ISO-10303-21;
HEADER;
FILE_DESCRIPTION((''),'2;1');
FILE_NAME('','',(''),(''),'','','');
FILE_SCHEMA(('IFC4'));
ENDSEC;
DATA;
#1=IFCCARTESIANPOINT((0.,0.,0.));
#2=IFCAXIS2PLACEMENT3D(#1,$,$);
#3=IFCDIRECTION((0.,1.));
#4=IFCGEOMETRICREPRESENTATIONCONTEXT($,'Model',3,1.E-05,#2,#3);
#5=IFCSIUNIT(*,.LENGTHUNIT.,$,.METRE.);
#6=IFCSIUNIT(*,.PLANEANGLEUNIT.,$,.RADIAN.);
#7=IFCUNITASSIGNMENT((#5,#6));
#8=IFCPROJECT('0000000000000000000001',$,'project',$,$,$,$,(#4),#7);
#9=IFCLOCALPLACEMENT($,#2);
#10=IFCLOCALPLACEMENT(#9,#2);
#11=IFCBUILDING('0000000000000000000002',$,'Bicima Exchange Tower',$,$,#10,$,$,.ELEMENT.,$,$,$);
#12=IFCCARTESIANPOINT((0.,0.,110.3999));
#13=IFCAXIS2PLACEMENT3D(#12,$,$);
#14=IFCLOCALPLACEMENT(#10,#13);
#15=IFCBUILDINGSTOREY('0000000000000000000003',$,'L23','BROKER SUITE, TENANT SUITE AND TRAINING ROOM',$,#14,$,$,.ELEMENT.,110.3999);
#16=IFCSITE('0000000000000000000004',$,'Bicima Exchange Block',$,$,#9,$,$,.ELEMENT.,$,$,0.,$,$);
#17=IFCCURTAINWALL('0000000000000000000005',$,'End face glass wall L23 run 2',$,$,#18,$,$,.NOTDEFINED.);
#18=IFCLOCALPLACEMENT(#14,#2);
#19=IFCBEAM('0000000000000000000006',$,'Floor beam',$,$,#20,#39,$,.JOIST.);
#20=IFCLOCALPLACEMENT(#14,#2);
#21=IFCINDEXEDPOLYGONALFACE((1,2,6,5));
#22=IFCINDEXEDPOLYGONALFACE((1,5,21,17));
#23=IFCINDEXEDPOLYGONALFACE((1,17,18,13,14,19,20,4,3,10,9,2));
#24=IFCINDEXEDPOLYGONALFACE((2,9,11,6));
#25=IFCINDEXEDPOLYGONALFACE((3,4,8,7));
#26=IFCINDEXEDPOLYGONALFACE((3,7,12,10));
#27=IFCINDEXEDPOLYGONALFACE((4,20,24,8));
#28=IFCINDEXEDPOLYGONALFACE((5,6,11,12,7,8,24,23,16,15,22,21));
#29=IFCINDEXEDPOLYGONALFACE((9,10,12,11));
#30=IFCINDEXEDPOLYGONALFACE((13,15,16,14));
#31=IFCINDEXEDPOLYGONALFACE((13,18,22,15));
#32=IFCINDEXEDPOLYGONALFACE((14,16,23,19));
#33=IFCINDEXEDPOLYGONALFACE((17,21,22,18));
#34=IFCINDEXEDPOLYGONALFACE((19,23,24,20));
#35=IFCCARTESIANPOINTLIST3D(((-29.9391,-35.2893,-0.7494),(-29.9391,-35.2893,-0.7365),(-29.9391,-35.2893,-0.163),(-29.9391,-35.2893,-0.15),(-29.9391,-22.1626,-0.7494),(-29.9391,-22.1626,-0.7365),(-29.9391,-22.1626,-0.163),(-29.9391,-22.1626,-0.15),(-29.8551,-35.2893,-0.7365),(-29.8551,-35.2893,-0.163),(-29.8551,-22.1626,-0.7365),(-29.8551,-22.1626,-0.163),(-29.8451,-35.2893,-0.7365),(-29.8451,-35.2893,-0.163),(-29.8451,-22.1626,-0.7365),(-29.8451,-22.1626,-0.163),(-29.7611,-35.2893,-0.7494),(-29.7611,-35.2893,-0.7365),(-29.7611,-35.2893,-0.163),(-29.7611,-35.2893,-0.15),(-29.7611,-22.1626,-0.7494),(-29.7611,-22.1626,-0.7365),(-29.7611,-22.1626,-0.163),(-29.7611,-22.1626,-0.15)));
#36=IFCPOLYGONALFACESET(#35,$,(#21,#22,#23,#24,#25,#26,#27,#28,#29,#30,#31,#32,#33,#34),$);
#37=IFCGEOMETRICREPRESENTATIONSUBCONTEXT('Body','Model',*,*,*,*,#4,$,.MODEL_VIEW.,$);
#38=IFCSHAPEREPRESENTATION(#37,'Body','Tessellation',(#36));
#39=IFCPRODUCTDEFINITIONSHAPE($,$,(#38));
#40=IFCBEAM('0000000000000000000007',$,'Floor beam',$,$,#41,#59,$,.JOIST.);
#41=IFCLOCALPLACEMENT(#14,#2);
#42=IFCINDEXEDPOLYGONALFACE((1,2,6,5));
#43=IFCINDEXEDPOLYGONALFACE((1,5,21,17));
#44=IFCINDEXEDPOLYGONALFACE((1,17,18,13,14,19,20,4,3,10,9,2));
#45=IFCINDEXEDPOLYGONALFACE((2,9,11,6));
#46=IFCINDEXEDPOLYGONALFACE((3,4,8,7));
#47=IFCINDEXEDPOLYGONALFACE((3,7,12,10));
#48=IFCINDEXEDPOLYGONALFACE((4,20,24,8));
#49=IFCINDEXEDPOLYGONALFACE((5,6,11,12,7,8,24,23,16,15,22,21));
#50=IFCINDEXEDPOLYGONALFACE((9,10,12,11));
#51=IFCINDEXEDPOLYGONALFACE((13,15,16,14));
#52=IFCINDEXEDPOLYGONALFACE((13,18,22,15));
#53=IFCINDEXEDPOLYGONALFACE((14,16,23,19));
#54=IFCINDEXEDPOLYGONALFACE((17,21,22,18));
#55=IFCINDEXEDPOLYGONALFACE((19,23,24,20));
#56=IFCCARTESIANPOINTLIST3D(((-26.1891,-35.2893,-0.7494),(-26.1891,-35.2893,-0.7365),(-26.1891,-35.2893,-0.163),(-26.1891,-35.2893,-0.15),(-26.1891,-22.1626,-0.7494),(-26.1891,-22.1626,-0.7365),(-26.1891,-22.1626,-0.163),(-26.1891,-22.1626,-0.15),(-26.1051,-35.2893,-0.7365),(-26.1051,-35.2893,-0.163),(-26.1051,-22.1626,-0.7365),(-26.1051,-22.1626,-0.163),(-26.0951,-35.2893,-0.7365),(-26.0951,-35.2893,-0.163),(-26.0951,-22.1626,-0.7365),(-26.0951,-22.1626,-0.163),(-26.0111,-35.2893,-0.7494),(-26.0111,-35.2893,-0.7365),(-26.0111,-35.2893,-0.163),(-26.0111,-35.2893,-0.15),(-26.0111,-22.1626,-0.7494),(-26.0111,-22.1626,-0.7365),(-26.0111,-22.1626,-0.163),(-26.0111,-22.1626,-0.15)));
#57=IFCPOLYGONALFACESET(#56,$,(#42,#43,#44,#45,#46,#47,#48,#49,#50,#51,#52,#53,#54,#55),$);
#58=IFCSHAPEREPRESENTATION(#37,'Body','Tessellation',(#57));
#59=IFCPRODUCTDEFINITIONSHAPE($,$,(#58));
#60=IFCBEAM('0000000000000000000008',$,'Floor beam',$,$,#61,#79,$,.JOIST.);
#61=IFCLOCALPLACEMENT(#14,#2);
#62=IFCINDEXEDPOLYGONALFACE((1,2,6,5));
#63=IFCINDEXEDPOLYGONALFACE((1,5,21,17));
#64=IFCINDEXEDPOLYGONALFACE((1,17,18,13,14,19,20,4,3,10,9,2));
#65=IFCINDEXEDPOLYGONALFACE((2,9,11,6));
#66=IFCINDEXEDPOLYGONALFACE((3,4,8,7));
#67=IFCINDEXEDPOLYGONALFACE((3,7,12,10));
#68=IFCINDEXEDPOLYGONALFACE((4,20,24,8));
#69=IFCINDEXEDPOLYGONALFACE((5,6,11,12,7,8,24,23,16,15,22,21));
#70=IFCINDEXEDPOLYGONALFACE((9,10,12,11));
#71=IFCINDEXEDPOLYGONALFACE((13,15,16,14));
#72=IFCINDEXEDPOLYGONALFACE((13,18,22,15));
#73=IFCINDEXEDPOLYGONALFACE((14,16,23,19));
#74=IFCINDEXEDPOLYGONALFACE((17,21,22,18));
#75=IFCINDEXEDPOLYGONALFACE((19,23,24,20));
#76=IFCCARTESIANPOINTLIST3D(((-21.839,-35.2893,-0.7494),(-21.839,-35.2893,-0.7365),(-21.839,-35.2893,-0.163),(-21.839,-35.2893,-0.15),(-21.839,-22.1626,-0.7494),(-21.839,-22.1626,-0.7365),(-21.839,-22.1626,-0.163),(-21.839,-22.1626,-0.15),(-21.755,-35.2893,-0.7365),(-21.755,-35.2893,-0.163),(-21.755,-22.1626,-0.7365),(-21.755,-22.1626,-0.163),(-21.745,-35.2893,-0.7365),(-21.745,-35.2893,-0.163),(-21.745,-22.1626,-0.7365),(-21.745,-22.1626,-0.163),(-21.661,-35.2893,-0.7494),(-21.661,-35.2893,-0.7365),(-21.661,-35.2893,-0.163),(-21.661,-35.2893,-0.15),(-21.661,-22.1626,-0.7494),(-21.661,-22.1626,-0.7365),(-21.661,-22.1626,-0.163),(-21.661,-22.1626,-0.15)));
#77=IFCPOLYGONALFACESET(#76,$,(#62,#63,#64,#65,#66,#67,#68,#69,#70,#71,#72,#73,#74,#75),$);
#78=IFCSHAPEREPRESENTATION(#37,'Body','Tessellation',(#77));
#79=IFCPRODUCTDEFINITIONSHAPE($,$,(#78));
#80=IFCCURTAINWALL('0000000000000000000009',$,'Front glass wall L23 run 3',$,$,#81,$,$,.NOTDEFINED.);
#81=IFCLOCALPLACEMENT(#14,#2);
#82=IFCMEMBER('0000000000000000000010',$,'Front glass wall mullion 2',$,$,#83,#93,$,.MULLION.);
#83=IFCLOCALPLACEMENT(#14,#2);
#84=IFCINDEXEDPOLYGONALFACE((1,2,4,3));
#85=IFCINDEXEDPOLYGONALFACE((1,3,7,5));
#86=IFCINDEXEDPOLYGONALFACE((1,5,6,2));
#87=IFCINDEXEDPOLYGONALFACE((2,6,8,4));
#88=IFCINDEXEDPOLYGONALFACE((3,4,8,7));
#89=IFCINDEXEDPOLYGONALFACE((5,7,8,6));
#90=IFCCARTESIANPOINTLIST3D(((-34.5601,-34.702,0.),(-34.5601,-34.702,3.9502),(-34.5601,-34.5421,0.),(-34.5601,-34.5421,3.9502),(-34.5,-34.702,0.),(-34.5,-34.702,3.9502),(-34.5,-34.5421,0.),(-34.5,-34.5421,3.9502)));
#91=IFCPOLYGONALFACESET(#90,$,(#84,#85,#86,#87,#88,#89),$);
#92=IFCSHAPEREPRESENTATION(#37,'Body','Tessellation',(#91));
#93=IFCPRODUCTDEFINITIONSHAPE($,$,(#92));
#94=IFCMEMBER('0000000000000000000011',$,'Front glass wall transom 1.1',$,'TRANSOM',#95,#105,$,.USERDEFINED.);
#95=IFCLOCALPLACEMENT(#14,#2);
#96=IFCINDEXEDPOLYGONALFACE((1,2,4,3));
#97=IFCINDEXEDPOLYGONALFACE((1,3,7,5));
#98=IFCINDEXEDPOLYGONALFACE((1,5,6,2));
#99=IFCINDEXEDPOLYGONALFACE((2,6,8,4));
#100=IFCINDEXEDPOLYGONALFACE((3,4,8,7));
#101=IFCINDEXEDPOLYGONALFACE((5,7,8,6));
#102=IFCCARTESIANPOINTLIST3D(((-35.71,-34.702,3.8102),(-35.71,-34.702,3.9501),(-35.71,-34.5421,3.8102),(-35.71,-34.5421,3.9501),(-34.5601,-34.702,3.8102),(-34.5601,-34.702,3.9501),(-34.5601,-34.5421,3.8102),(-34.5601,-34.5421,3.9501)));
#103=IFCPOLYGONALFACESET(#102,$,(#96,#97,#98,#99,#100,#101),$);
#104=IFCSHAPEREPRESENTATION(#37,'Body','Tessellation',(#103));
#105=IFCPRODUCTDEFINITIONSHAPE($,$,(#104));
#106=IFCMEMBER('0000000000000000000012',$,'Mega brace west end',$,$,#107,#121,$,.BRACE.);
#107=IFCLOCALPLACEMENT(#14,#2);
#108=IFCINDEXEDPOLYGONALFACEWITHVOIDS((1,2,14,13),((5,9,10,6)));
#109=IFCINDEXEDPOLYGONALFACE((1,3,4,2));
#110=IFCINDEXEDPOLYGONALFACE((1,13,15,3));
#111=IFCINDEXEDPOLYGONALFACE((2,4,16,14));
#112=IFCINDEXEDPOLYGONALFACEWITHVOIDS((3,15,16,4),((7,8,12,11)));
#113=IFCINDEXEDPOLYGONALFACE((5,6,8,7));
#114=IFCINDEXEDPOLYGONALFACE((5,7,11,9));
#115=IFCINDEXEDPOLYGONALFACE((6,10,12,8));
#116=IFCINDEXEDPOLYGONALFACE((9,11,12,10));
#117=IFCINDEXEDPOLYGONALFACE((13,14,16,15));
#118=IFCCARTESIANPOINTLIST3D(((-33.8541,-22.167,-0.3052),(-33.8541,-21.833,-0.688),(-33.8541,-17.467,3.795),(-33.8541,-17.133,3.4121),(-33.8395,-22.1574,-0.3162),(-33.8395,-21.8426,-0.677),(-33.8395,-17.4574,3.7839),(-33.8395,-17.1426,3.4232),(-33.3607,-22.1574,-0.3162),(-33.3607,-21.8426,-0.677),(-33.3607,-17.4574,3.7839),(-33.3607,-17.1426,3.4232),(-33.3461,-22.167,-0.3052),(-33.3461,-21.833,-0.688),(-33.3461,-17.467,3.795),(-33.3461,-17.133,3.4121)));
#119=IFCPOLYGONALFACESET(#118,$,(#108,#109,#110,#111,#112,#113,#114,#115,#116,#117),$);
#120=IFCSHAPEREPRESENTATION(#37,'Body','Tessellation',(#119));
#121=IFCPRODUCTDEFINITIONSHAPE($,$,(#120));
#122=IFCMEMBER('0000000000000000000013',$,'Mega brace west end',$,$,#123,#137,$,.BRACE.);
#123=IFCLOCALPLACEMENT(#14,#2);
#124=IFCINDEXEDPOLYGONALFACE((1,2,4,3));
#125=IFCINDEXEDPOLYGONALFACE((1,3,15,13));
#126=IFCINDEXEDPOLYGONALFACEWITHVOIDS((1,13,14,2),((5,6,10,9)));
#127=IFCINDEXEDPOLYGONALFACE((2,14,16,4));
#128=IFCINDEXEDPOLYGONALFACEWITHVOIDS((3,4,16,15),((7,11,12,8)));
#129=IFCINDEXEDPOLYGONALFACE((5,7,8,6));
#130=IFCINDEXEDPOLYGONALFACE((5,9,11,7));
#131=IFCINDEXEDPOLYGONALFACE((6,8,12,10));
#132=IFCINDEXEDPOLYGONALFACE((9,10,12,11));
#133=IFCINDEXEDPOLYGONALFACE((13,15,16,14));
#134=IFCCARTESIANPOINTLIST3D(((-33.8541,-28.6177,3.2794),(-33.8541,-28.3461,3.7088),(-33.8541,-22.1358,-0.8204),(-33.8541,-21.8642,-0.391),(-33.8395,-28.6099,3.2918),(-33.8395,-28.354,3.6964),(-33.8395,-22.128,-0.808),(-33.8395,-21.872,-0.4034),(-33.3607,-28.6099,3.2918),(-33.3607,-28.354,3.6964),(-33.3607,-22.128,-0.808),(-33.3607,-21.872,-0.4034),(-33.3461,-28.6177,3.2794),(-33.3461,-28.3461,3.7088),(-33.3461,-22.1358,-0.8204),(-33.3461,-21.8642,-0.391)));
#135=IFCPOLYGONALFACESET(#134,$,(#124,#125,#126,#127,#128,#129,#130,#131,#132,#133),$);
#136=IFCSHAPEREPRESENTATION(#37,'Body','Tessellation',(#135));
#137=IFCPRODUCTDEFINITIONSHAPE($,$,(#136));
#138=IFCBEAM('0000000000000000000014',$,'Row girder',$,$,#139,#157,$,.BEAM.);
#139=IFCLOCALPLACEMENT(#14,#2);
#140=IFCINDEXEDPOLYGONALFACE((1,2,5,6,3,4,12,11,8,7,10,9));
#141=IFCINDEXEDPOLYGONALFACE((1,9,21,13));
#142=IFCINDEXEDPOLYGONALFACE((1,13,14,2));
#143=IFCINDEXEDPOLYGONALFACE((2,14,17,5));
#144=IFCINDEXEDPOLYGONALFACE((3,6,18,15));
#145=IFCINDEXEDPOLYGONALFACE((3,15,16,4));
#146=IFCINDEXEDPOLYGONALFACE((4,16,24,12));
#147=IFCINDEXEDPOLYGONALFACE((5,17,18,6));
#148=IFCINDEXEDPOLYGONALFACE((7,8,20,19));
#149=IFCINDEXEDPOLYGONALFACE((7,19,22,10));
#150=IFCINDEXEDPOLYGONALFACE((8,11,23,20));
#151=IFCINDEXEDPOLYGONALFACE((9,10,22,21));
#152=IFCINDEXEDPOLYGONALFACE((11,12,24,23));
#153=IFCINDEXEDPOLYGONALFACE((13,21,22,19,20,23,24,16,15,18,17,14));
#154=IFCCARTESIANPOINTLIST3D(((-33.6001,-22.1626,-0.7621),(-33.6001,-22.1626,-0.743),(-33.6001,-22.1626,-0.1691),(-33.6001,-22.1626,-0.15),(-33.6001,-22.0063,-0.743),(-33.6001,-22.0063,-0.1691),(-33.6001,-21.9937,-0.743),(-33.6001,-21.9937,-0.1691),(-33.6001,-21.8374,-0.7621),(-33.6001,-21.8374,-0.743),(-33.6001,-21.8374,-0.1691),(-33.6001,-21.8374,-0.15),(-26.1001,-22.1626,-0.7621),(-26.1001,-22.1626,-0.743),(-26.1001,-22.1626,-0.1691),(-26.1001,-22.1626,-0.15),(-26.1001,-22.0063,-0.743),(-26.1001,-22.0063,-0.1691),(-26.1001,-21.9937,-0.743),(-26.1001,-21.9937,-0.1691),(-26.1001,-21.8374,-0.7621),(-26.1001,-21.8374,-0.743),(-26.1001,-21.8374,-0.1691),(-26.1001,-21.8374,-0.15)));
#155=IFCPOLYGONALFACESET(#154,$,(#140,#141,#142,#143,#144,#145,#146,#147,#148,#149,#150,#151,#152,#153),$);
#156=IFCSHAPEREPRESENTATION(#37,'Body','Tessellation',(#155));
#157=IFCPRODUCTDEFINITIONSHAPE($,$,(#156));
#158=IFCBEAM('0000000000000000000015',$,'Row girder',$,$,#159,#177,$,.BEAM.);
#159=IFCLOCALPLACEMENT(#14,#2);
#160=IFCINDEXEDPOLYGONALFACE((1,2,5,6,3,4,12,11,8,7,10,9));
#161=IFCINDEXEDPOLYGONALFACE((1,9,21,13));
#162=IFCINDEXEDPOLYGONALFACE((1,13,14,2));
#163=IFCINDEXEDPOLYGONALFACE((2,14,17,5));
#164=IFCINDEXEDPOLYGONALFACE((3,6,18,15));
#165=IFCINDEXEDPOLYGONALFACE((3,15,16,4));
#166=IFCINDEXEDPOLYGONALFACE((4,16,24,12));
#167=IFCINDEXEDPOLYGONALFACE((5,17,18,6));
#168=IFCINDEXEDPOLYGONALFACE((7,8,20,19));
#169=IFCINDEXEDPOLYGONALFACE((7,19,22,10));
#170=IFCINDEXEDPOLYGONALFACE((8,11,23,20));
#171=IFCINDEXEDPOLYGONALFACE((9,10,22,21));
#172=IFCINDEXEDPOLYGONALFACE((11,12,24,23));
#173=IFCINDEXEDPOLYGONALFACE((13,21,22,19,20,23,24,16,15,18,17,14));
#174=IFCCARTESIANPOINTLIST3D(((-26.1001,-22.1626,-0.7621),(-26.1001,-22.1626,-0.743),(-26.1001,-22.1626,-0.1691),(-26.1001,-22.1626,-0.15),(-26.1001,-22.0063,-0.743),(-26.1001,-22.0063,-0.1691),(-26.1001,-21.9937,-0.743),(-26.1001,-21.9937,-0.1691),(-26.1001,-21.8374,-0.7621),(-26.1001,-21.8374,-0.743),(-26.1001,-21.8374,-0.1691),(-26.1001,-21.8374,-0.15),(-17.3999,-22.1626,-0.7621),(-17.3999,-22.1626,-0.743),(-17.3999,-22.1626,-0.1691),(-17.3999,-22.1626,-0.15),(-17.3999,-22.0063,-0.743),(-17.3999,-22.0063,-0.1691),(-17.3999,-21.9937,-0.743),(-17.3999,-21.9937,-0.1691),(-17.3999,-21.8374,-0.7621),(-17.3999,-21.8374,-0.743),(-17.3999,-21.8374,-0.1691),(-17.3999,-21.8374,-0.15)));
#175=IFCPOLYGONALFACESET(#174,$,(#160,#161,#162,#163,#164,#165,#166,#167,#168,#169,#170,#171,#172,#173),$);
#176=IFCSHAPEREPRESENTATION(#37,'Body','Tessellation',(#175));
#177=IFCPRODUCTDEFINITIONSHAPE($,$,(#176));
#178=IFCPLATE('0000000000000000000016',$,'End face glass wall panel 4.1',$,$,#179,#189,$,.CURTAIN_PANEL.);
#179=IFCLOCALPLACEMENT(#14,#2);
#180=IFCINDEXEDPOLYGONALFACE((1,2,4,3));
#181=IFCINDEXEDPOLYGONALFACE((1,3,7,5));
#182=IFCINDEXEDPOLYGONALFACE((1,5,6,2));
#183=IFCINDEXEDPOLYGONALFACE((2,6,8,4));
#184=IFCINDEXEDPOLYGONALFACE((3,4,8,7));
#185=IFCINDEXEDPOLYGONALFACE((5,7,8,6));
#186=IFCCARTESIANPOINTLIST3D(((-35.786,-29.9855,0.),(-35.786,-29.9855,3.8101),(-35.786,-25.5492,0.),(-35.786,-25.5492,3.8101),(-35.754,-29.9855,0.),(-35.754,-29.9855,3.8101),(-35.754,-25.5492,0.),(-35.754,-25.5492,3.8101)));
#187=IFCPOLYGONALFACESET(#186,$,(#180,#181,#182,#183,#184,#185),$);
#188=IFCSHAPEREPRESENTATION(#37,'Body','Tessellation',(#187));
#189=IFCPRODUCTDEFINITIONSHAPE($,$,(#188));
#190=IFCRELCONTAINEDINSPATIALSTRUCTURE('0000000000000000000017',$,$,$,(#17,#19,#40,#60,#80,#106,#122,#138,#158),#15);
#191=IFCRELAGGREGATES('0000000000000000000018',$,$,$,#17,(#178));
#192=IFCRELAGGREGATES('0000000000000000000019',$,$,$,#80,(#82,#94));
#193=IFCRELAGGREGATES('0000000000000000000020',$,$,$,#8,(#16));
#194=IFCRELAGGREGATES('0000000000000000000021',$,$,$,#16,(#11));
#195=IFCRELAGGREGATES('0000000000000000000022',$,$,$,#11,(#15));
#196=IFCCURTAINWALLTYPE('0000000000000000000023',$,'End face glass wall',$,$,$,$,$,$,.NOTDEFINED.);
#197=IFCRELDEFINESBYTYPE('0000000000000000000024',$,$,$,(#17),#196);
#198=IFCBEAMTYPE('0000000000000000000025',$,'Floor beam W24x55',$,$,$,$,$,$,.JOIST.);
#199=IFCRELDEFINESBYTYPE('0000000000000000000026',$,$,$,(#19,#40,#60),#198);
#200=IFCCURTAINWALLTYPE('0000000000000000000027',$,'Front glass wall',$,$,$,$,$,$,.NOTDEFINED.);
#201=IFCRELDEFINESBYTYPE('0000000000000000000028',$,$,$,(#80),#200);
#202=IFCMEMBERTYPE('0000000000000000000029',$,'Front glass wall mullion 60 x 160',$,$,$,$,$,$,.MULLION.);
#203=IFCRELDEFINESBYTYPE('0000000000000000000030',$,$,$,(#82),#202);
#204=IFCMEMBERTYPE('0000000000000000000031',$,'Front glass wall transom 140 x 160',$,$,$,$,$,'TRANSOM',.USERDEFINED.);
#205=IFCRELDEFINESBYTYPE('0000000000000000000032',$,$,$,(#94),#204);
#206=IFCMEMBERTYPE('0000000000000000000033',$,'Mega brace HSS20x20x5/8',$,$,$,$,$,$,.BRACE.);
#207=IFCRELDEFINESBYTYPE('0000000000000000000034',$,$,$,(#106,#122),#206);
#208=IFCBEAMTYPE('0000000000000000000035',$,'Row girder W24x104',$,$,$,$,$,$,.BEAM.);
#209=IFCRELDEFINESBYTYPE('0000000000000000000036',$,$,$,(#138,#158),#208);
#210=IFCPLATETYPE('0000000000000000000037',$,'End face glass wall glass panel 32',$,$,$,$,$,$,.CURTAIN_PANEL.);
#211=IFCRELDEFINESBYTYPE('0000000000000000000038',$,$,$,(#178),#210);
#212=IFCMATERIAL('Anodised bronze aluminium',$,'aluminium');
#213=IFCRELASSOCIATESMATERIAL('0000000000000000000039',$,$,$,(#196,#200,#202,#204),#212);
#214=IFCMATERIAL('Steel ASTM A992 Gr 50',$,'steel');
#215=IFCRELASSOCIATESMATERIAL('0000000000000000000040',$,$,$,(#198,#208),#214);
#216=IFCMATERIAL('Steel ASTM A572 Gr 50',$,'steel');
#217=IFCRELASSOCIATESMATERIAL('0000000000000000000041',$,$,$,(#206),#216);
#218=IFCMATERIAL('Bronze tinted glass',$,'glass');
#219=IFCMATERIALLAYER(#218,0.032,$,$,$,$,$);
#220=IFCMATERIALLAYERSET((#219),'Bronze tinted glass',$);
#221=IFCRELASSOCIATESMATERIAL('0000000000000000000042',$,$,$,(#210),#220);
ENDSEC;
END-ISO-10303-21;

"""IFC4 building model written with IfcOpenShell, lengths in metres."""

from ifc_helpers import new_model, si_unit, direction, frame, origin, origin_2d, place, context, subcontext, project, spatial, rectangle, hollow_rectangle, i_section, extrude, material, layer, layer_set, material_profile, profile_set, type_object, element, aggregate, save


model = new_model("IFC4")

# Units and contexts
model_context = context("Model", 3, precision=1e-05, world=origin(), true_north=direction((0.0, 1.0)))
body_context = subcontext(model_context, "Body", "Model", "MODEL_VIEW")
ifc_project = project(units=[si_unit("LENGTHUNIT", "METRE"), si_unit("PLANEANGLEUNIT", "RADIAN")], contexts=[model_context])

# Site, building, storey
site_placement = place(None, origin())
site = spatial("IfcSite", under=ifc_project, at=site_placement, Name="Bicima Exchange Block", CompositionType="ELEMENT", RefElevation=0.0)
building_placement = place(site_placement, origin())
building = spatial("IfcBuilding", under=site, at=building_placement, Name="Bicima Exchange Tower", CompositionType="ELEMENT")
storey_placement = place(building_placement, frame((0.0, 0.0, 110.3999)))
storey = spatial("IfcBuildingStorey", under=building, at=storey_placement, Name="L23", Description="BROKER SUITE, TENANT SUITE AND TRAINING ROOM", CompositionType="ELEMENT", Elevation=110.3999)

# Shared definitions
ifc_material_1 = material(Name="Steel ASTM A992 Gr 50", Category="steel")

# Curtain wall
ifc_material_2 = material(Name="Anodised bronze aluminium", Category="aluminium")
curtain_wall_type_1 = type_object("IfcCurtainWallType", Name="End face glass wall", PredefinedType="NOTDEFINED", material=ifc_material_2)
curtain_wall_1_placement = place(storey_placement, origin())
curtain_wall_1 = element("IfcCurtainWall", 1, at=curtain_wall_1_placement, inside=storey, type_object=curtain_wall_type_1, Name="End face glass wall L23 run 2", PredefinedType="NOTDEFINED")
ifc_material_profile_1 = material_profile(ifc_material_2, rectangle(XDim=0.1599, YDim=0.0601, at=origin_2d()))
ifc_profile_set_1 = profile_set([ifc_material_profile_1], Name="Anodised bronze aluminium")
ifc_material_profile_2 = material_profile(ifc_material_2, rectangle(XDim=0.1599, YDim=0.1399, at=origin_2d()))
ifc_profile_set_2 = profile_set([ifc_material_profile_2], Name="Anodised bronze aluminium")

# Shared definitions
ifc_material_3 = material(Name="Steel ASTM A572 Gr 50", Category="steel")

# Beams
ifc_material_profile_3 = material_profile(ifc_material_1, i_section(OverallWidth=0.178, OverallDepth=0.5994, WebThickness=0.01, FlangeThickness=0.0129, at=origin_2d()))
ifc_profile_set_3 = profile_set([ifc_material_profile_3], Name="Steel ASTM A992 Gr 50")
beam_type_1 = type_object("IfcBeamType", Name="Floor beam W24x55", PredefinedType="JOIST", material=ifc_profile_set_3)
for number, where, z_axis, x_axis, name in (
    (2, (-29.8501, -22.1626, -0.4497), (0.0, -1.0, 0.0), (1.0, 0.0, 0.0), "Floor beam"),
    (3, (-26.1001, -22.1626, -0.4497), (0.0, -1.0, 0.0), (1.0, 0.0, 0.0), "Floor beam"),
    (4, (-21.75, -22.1626, -0.4497), (0.0, -1.0, 0.0), (1.0, 0.0, 0.0), "Floor beam"),
):
    element("IfcBeam", number, at=place(storey_placement, frame(where, z_axis=z_axis, x_axis=x_axis)), inside=storey, type_object=beam_type_1, Name=name, PredefinedType="JOIST", context=body_context, shape_type="SweptSolid", body=[
        extrude(i_section(OverallWidth=0.178, OverallDepth=0.5994, WebThickness=0.01, FlangeThickness=0.0129, at=origin_2d()), origin(), (0.0, 0.0, 1.0), 13.1267),
    ])

# Curtain wall, members
curtain_wall_type_2 = type_object("IfcCurtainWallType", Name="Front glass wall", PredefinedType="NOTDEFINED", material=ifc_material_2)
curtain_wall_2_placement = place(storey_placement, origin())
curtain_wall_2 = element("IfcCurtainWall", 5, at=curtain_wall_2_placement, inside=storey, type_object=curtain_wall_type_2, Name="Front glass wall L23 run 3", PredefinedType="NOTDEFINED")
member_type_1 = type_object("IfcMemberType", Name="Front glass wall mullion 60 x 160", PredefinedType="MULLION", material=ifc_profile_set_1)
member_1_placement = place(storey_placement, frame((-34.53, -34.6221, 0.0), z_axis=(0.0, 0.0, 1.0), x_axis=(0.0, 1.0, 0.0)))
member_1 = element("IfcMember", 6, at=member_1_placement, type_object=member_type_1, Name="Front glass wall mullion 2", PredefinedType="MULLION", context=body_context, shape_type="SweptSolid", body=[
    extrude(rectangle(XDim=0.1599, YDim=0.0601, at=origin_2d()), origin(), (0.0, 0.0, 1.0), 3.9502),
])
member_type_2 = type_object("IfcMemberType", Name="Front glass wall transom 140 x 160", ElementType="TRANSOM", PredefinedType="USERDEFINED", material=ifc_profile_set_2)
member_2_placement = place(storey_placement, frame((-35.71, -34.6221, 3.8801), z_axis=(1.0, 0.0, 0.0), x_axis=(0.0, 1.0, 0.0)))
member_2 = element("IfcMember", 7, at=member_2_placement, type_object=member_type_2, Name="Front glass wall transom 1.1", ObjectType="TRANSOM", PredefinedType="USERDEFINED", context=body_context, shape_type="SweptSolid", body=[
    extrude(rectangle(XDim=0.1599, YDim=0.1399, at=origin_2d()), origin(), (0.0, 0.0, 1.0), 1.1499),
])

# Members
ifc_material_profile_4 = material_profile(ifc_material_3, hollow_rectangle(XDim=0.5081, YDim=0.5081, WallThickness=0.0146, at=origin_2d()))
ifc_profile_set_4 = profile_set([ifc_material_profile_4], Name="Steel ASTM A572 Gr 50")
member_type_3 = type_object("IfcMemberType", Name="Mega brace HSS20x20x5/8", PredefinedType="BRACE", material=ifc_profile_set_4)
member_3_placement = place(storey_placement, frame((-33.6001, -22.0, -0.4966), z_axis=(0.0, 0.753558, 0.657382), x_axis=(-1.0, 0.0, 0.0)))
element("IfcMember", 8, at=member_3_placement, inside=storey, type_object=member_type_3, Name="Mega brace west end", PredefinedType="BRACE", context=body_context, shape_type="SweptSolid", body=[
    extrude(hollow_rectangle(XDim=0.5081, YDim=0.5081, WallThickness=0.0146, at=origin_2d()), origin(), (0.0, 0.0, 1.0), 6.2371),
])
member_4_placement = place(storey_placement, frame((-33.6001, -22.0, -0.6057), z_axis=(0.0, -0.845135, 0.534552), x_axis=(1.0, 0.0, 0.0)))
element("IfcMember", 9, at=member_4_placement, inside=storey, type_object=member_type_3, Name="Mega brace west end", PredefinedType="BRACE", context=body_context, shape_type="SweptSolid", body=[
    extrude(hollow_rectangle(XDim=0.5081, YDim=0.5081, WallThickness=0.0146, at=origin_2d()), origin(), (0.0, 0.0, 1.0), 7.6697),
])

# Beams
ifc_material_profile_5 = material_profile(ifc_material_1, i_section(OverallWidth=0.3252, OverallDepth=0.6121, WebThickness=0.0127, FlangeThickness=0.019, at=origin_2d()))
ifc_profile_set_5 = profile_set([ifc_material_profile_5], Name="Steel ASTM A992 Gr 50")
beam_type_2 = type_object("IfcBeamType", Name="Row girder W24x104", PredefinedType="BEAM", material=ifc_profile_set_5)
beam_1_placement = place(storey_placement, frame((-33.6001, -22.0, -0.4561), z_axis=(1.0, 0.0, 0.0), x_axis=(0.0, 1.0, 0.0)))
element("IfcBeam", 10, at=beam_1_placement, inside=storey, type_object=beam_type_2, Name="Row girder", PredefinedType="BEAM", context=body_context, shape_type="SweptSolid", body=[
    extrude(i_section(OverallWidth=0.3252, OverallDepth=0.6121, WebThickness=0.0127, FlangeThickness=0.019, at=origin_2d()), origin(), (0.0, 0.0, 1.0), 7.5),
])
beam_2_placement = place(storey_placement, frame((-26.1001, -22.0, -0.4561), z_axis=(1.0, 0.0, 0.0), x_axis=(0.0, 1.0, 0.0)))
element("IfcBeam", 11, at=beam_2_placement, inside=storey, type_object=beam_type_2, Name="Row girder", PredefinedType="BEAM", context=body_context, shape_type="SweptSolid", body=[
    extrude(i_section(OverallWidth=0.3252, OverallDepth=0.6121, WebThickness=0.0127, FlangeThickness=0.019, at=origin_2d()), origin(), (0.0, 0.0, 1.0), 8.7002),
])

# Plate
ifc_material_4 = material(Name="Bronze tinted glass", Category="glass")
ifc_layer_1 = layer(ifc_material_4, 0.032)
ifc_layer_set_1 = layer_set([ifc_layer_1], Name="Bronze tinted glass")
plate_type_1 = type_object("IfcPlateType", Name="End face glass wall glass panel 32", PredefinedType="CURTAIN_PANEL", material=ifc_layer_set_1)
plate_1_placement = place(storey_placement, frame((-35.77, -27.7673, 0.0), z_axis=(0.0, 0.0, 1.0), x_axis=(0.0, -1.0, 0.0)))
plate_1 = element("IfcPlate", 12, at=plate_1_placement, type_object=plate_type_1, Name="End face glass wall panel 4.1", PredefinedType="CURTAIN_PANEL", context=body_context, shape_type="SweptSolid", body=[
    extrude(rectangle(XDim=4.4363, YDim=0.032, at=origin_2d()), origin(), (0.0, 0.0, 1.0), 3.8101),
])
aggregate(curtain_wall_1, [plate_1])
aggregate(curtain_wall_2, [member_1, member_2])

save(model, "model.ifc")
